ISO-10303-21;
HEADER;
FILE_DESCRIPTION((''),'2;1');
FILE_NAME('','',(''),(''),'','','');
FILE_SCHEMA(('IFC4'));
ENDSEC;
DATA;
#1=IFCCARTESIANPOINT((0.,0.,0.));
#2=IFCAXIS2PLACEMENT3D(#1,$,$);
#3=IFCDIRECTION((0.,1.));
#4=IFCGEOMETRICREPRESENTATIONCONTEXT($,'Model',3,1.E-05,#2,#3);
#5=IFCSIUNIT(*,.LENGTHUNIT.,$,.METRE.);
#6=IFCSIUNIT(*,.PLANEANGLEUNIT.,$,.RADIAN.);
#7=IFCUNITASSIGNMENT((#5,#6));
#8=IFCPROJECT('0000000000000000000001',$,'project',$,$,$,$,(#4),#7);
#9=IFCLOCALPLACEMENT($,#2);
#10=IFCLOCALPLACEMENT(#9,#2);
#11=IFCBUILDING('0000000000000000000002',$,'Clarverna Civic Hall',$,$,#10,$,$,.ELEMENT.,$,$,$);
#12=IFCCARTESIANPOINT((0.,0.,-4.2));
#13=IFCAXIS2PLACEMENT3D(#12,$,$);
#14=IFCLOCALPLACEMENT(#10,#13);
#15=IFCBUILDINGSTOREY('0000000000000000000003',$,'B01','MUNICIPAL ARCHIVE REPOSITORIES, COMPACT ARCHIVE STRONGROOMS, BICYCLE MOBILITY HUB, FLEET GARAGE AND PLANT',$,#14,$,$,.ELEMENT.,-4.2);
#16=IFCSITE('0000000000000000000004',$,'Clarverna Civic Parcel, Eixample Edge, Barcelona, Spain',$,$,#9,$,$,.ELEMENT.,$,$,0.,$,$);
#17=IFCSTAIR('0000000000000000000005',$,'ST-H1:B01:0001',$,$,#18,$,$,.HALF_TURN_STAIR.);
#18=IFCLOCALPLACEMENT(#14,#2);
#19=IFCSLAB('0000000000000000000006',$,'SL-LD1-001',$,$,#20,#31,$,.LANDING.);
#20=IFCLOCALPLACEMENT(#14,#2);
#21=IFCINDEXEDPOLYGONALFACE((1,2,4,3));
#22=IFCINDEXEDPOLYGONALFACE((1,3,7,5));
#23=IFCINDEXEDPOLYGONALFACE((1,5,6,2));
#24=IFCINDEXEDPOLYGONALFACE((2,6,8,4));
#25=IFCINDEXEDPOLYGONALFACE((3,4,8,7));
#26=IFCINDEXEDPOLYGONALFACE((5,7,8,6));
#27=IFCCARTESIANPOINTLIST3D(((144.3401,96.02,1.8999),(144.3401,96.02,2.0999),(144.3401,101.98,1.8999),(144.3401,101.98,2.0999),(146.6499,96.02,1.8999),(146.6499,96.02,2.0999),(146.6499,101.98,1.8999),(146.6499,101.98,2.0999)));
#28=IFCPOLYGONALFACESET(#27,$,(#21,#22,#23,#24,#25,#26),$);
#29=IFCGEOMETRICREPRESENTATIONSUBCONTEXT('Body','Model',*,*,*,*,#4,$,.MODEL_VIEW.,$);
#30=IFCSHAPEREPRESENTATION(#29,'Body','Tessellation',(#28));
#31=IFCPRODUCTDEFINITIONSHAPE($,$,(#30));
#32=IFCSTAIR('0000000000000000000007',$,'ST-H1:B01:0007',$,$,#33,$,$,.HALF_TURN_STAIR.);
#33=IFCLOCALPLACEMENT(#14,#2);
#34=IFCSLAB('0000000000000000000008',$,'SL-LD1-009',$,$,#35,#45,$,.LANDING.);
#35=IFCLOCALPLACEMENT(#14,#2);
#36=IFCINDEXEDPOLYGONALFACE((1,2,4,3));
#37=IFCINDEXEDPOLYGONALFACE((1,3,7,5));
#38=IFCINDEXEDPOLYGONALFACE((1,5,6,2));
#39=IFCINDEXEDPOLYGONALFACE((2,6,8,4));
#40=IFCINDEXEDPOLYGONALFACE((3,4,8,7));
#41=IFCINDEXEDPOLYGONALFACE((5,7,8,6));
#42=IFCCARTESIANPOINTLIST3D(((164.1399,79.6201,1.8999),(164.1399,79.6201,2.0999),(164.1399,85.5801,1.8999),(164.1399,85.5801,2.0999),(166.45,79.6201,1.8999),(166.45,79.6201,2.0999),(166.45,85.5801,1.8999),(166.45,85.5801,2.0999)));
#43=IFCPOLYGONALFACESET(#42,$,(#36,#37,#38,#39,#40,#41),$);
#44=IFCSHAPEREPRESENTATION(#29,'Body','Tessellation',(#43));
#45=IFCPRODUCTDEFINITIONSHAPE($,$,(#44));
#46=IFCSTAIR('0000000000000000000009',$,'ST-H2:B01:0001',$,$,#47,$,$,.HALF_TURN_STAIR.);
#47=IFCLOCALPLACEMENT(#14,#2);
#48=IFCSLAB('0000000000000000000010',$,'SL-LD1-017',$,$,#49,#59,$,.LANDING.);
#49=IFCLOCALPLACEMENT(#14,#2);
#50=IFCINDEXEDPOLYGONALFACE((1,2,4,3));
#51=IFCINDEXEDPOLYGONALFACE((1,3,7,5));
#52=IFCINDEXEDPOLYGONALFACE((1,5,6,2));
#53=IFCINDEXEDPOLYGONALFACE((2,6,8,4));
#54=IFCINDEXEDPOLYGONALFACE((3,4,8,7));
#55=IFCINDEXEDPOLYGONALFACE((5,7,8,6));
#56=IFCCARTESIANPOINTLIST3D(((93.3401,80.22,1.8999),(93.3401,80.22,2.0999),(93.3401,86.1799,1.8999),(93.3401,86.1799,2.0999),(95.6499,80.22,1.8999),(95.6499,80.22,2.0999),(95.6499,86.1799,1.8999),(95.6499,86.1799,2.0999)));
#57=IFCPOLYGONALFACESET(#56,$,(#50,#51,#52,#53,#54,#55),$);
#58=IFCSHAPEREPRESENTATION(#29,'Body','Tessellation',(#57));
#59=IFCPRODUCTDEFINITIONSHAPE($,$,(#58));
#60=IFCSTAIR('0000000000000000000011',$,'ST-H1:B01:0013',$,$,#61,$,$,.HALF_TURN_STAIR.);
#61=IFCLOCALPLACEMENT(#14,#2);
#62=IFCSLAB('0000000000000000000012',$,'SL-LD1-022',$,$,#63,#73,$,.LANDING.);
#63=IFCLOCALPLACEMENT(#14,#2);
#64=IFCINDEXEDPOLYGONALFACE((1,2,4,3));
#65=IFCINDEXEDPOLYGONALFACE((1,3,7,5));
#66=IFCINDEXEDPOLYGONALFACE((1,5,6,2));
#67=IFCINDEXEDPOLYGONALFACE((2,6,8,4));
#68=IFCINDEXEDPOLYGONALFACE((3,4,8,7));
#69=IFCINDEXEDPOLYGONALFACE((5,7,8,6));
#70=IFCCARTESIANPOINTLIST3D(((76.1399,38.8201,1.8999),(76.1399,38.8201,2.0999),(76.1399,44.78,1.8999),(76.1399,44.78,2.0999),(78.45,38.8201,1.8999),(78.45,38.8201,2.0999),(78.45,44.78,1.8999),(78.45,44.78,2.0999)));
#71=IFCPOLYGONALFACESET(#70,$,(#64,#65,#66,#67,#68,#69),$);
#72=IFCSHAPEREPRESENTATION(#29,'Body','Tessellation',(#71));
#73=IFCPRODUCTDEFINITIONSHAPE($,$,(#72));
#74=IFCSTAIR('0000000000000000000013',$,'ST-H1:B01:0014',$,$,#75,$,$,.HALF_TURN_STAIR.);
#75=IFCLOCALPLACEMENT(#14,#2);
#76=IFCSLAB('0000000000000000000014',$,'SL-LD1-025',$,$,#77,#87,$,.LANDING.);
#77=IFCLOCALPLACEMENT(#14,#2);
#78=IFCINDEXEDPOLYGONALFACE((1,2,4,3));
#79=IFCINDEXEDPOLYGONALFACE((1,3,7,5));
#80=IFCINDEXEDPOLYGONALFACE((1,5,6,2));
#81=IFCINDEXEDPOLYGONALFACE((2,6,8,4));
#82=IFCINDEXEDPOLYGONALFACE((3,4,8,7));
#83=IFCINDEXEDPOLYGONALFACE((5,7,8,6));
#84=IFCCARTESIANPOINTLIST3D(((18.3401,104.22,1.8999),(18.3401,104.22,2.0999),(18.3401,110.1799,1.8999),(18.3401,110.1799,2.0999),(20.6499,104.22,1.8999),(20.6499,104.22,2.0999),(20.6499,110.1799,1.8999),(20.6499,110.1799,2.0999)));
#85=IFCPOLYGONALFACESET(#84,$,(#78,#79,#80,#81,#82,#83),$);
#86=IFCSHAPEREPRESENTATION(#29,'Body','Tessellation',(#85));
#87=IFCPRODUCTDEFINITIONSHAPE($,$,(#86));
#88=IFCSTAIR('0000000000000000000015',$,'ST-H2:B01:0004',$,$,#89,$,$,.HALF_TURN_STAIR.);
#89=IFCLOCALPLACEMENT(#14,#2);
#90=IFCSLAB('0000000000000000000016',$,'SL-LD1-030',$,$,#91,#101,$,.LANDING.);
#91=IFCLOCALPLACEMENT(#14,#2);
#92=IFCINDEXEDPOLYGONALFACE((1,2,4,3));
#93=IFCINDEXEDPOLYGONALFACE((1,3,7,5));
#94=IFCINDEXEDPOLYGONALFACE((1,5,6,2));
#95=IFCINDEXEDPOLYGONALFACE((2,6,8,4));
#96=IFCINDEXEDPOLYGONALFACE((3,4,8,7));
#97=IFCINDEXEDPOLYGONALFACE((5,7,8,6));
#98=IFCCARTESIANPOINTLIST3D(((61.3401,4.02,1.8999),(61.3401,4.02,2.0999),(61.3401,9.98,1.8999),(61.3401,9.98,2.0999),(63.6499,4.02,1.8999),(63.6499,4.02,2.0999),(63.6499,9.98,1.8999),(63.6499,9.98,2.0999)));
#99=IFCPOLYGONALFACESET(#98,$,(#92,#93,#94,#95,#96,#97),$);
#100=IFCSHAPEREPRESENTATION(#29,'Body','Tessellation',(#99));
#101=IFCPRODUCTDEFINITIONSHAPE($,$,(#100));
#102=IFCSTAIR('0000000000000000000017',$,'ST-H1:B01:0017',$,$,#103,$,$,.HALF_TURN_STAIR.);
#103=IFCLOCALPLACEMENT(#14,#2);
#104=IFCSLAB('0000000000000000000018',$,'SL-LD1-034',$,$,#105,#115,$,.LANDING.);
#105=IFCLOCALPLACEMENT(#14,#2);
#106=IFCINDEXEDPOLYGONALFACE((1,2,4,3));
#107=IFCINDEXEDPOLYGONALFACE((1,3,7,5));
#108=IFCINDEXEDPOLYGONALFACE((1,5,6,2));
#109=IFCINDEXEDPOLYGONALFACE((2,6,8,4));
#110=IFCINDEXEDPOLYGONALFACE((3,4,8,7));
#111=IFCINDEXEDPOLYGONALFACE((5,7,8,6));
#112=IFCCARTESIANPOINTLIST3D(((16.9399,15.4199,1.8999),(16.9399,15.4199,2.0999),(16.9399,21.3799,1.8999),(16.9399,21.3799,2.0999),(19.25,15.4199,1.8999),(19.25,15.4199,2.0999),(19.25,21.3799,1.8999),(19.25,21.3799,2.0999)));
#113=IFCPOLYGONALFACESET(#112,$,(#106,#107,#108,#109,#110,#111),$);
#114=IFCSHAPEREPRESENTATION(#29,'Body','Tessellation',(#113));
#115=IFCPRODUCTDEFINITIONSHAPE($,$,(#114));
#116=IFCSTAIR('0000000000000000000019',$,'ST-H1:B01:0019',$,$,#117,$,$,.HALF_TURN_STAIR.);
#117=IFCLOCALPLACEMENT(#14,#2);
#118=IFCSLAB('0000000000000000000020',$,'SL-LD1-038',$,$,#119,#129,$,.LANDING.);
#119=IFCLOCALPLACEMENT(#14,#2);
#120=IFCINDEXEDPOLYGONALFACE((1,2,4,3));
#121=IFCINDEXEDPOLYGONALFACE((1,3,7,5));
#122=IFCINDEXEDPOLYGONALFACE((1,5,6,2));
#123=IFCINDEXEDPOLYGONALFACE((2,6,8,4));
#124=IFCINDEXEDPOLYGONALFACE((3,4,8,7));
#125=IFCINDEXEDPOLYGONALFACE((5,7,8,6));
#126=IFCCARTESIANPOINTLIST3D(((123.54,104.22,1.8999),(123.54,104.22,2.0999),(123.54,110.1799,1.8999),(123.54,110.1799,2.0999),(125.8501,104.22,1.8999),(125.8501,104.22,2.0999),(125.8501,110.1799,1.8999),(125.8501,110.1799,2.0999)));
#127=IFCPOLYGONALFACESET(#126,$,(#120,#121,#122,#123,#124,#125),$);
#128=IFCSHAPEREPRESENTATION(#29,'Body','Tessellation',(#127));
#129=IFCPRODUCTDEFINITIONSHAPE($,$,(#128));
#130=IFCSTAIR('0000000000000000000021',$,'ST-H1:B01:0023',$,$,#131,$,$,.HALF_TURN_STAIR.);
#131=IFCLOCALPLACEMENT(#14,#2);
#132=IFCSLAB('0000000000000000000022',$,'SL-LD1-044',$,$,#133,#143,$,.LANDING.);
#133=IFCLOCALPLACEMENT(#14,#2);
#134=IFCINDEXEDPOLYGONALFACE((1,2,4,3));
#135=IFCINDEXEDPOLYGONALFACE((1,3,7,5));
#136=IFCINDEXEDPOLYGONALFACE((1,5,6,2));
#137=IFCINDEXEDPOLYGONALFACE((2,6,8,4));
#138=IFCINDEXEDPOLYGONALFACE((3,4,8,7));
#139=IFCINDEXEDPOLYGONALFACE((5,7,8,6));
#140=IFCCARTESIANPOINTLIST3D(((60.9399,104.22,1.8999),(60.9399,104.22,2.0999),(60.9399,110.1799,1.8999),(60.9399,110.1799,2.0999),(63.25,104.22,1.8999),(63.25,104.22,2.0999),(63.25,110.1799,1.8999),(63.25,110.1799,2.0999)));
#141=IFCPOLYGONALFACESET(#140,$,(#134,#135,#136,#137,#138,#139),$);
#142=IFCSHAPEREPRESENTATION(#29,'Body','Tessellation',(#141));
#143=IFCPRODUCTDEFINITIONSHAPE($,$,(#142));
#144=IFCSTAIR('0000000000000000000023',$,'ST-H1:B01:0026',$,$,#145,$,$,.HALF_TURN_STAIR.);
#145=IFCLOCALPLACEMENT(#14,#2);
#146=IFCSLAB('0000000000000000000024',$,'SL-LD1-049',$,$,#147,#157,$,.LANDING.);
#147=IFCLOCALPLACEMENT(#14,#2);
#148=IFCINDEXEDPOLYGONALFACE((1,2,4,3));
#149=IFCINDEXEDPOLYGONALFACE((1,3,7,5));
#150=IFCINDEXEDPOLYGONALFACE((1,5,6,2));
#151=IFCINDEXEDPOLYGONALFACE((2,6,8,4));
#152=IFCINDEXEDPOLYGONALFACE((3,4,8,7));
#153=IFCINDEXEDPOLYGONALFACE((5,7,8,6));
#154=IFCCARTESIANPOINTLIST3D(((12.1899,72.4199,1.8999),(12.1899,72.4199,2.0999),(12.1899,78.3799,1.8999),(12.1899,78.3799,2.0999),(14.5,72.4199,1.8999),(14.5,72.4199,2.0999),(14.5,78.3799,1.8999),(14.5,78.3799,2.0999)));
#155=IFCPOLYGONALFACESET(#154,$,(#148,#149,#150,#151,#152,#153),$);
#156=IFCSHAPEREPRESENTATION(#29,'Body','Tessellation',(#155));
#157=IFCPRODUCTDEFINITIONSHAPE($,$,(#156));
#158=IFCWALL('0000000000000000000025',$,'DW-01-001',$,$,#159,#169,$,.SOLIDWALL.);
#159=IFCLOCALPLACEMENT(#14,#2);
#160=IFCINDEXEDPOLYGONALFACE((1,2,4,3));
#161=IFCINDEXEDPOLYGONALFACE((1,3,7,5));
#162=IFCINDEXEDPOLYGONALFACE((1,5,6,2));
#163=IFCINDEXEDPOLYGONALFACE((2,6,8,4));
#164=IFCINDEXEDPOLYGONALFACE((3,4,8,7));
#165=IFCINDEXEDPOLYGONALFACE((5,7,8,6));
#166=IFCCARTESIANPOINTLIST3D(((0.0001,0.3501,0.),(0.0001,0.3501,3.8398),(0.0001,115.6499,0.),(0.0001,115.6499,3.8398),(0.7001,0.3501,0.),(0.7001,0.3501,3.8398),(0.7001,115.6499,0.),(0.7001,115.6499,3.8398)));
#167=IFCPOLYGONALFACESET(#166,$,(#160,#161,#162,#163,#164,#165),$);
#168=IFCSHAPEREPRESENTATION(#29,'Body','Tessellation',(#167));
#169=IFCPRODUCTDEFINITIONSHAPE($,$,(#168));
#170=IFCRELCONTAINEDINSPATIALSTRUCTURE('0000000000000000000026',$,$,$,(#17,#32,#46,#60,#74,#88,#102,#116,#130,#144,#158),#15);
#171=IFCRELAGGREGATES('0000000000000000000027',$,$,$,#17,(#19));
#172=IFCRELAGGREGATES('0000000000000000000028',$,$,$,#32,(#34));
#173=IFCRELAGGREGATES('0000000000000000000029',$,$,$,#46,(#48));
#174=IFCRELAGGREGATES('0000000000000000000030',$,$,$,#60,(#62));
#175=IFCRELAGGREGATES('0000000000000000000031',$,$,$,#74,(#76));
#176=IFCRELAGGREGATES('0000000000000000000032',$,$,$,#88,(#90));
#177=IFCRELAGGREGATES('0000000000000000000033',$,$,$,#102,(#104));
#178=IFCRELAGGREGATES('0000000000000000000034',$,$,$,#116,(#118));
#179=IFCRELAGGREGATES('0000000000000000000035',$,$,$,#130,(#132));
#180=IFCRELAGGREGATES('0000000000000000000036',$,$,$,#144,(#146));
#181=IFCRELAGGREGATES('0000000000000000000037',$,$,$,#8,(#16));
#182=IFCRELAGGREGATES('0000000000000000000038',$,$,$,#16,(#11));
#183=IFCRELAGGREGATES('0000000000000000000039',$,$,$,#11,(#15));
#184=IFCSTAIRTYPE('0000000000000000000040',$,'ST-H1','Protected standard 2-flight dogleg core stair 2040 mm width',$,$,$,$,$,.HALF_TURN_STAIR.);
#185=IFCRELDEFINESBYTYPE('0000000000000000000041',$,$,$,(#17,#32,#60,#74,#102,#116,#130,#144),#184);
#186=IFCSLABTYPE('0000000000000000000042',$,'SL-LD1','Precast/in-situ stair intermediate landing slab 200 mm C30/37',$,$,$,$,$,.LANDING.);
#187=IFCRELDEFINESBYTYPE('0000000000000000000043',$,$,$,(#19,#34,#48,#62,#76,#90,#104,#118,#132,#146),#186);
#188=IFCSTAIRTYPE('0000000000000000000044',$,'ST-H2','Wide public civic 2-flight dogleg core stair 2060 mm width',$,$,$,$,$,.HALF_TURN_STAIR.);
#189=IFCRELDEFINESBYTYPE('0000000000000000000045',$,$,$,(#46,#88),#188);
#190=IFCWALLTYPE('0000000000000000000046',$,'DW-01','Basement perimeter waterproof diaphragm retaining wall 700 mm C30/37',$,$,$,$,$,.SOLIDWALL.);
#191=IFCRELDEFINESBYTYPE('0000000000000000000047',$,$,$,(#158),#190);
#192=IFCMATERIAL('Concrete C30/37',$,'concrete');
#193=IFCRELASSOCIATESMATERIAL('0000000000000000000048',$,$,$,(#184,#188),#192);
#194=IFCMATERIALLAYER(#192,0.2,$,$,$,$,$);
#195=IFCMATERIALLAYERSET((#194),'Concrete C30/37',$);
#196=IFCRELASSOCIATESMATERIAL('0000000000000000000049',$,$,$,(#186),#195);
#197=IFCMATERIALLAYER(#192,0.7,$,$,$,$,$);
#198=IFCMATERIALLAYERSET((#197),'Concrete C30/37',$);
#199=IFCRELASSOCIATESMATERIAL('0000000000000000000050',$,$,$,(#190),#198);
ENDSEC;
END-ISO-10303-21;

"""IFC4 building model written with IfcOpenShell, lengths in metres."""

from ifc_helpers import new_model, si_unit, direction, frame, frame_2d, origin, place, context, subcontext, project, spatial, polyline, rectangle, outline, extrude, material, layer, layer_set, type_object, element, aggregate, save


model = new_model("IFC4")

# Units and contexts
model_context = context("Model", 3, precision=1e-05, world=origin(), true_north=direction((0.0, 1.0)))
body_context = subcontext(model_context, "Body", "Model", "MODEL_VIEW")
ifc_project = project(units=[si_unit("LENGTHUNIT", "METRE"), si_unit("PLANEANGLEUNIT", "RADIAN")], contexts=[model_context])

# Site, building, storey
site_placement = place(None, origin())
site = spatial("IfcSite", under=ifc_project, at=site_placement, Name="Clarverna Civic Parcel, Eixample Edge, Barcelona, Spain", CompositionType="ELEMENT", RefElevation=0.0)
building_placement = place(site_placement, origin())
building = spatial("IfcBuilding", under=site, at=building_placement, Name="Clarverna Civic Hall", CompositionType="ELEMENT")
storey_placement = place(building_placement, frame((0.0, 0.0, -4.2)))
storey = spatial("IfcBuildingStorey", under=building, at=storey_placement, Name="B01", Description="MUNICIPAL ARCHIVE REPOSITORIES, COMPACT ARCHIVE STRONGROOMS, BICYCLE MOBILITY HUB, FLEET GARAGE AND PLANT", CompositionType="ELEMENT", Elevation=-4.2)

# Shared definitions
ifc_material_1 = material(Name="Concrete C30/37", Category="concrete")

# Stairs, slabs
stair_type_1 = type_object("IfcStairType", Name="ST-H1", Description="Protected standard 2-flight dogleg core stair 2040 mm width", PredefinedType="HALF_TURN_STAIR", material=ifc_material_1)
stair_1_placement = place(storey_placement, origin())
stair_1 = element("IfcStair", 1, at=stair_1_placement, inside=storey, type_object=stair_type_1, Name="ST-H1:B01:0001", PredefinedType="HALF_TURN_STAIR")
ifc_layer_1 = layer(ifc_material_1, 0.2)
ifc_layer_set_1 = layer_set([ifc_layer_1], Name="Concrete C30/37")
slab_type = type_object("IfcSlabType", Name="SL-LD1", Description="Precast/in-situ stair intermediate landing slab 200 mm C30/37", PredefinedType="LANDING", material=ifc_layer_set_1)
slab_1_placement = place(storey_placement, frame((0.0, 0.0, 1.8999)))
slab_1 = element("IfcSlab", 2, at=slab_1_placement, type_object=slab_type, Name="SL-LD1-001", PredefinedType="LANDING", context=body_context, shape_type="SweptSolid", body=[
    extrude(outline(polyline([(144.3401, 96.02), (146.6499, 96.02), (146.6499, 101.98), (144.3401, 101.98), (144.3401, 96.02)])), origin(), (0.0, 0.0, 1.0), 0.2),
])
aggregate(stair_1, [slab_1])
stair_2_placement = place(storey_placement, origin())
stair_2 = element("IfcStair", 3, at=stair_2_placement, inside=storey, type_object=stair_type_1, Name="ST-H1:B01:0007", PredefinedType="HALF_TURN_STAIR")
slab_2_placement = place(storey_placement, frame((0.0, 0.0, 1.8999)))
slab_2 = element("IfcSlab", 4, at=slab_2_placement, type_object=slab_type, Name="SL-LD1-009", PredefinedType="LANDING", context=body_context, shape_type="SweptSolid", body=[
    extrude(outline(polyline([(164.1399, 79.6201), (166.45, 79.6201), (166.45, 85.5801), (164.1399, 85.5801), (164.1399, 79.6201)])), origin(), (0.0, 0.0, 1.0), 0.2),
])
aggregate(stair_2, [slab_2])
stair_type_2 = type_object("IfcStairType", Name="ST-H2", Description="Wide public civic 2-flight dogleg core stair 2060 mm width", PredefinedType="HALF_TURN_STAIR", material=ifc_material_1)
stair_3_placement = place(storey_placement, origin())
stair_3 = element("IfcStair", 5, at=stair_3_placement, inside=storey, type_object=stair_type_2, Name="ST-H2:B01:0001", PredefinedType="HALF_TURN_STAIR")
slab_3_placement = place(storey_placement, frame((0.0, 0.0, 1.8999)))
slab_3 = element("IfcSlab", 6, at=slab_3_placement, type_object=slab_type, Name="SL-LD1-017", PredefinedType="LANDING", context=body_context, shape_type="SweptSolid", body=[
    extrude(outline(polyline([(93.3401, 80.22), (95.6499, 80.22), (95.6499, 86.1799), (93.3401, 86.1799), (93.3401, 80.22)])), origin(), (0.0, 0.0, 1.0), 0.2),
])
aggregate(stair_3, [slab_3])
stair_4_placement = place(storey_placement, origin())
stair_4 = element("IfcStair", 7, at=stair_4_placement, inside=storey, type_object=stair_type_1, Name="ST-H1:B01:0013", PredefinedType="HALF_TURN_STAIR")
slab_4_placement = place(storey_placement, frame((0.0, 0.0, 1.8999)))
slab_4 = element("IfcSlab", 8, at=slab_4_placement, type_object=slab_type, Name="SL-LD1-022", PredefinedType="LANDING", context=body_context, shape_type="SweptSolid", body=[
    extrude(outline(polyline([(76.1399, 38.8201), (78.45, 38.8201), (78.45, 44.78), (76.1399, 44.78), (76.1399, 38.8201)])), origin(), (0.0, 0.0, 1.0), 0.2),
])
aggregate(stair_4, [slab_4])
stair_5_placement = place(storey_placement, origin())
stair_5 = element("IfcStair", 9, at=stair_5_placement, inside=storey, type_object=stair_type_1, Name="ST-H1:B01:0014", PredefinedType="HALF_TURN_STAIR")
slab_5_placement = place(storey_placement, frame((0.0, 0.0, 1.8999)))
slab_5 = element("IfcSlab", 10, at=slab_5_placement, type_object=slab_type, Name="SL-LD1-025", PredefinedType="LANDING", context=body_context, shape_type="SweptSolid", body=[
    extrude(outline(polyline([(18.3401, 104.22), (20.6499, 104.22), (20.6499, 110.1799), (18.3401, 110.1799), (18.3401, 104.22)])), origin(), (0.0, 0.0, 1.0), 0.2),
])
aggregate(stair_5, [slab_5])
stair_6_placement = place(storey_placement, origin())
stair_6 = element("IfcStair", 11, at=stair_6_placement, inside=storey, type_object=stair_type_2, Name="ST-H2:B01:0004", PredefinedType="HALF_TURN_STAIR")
slab_6_placement = place(storey_placement, frame((0.0, 0.0, 1.8999)))
slab_6 = element("IfcSlab", 12, at=slab_6_placement, type_object=slab_type, Name="SL-LD1-030", PredefinedType="LANDING", context=body_context, shape_type="SweptSolid", body=[
    extrude(outline(polyline([(61.3401, 4.02), (63.6499, 4.02), (63.6499, 9.98), (61.3401, 9.98), (61.3401, 4.02)])), origin(), (0.0, 0.0, 1.0), 0.2),
])
aggregate(stair_6, [slab_6])
stair_7_placement = place(storey_placement, origin())
stair_7 = element("IfcStair", 13, at=stair_7_placement, inside=storey, type_object=stair_type_1, Name="ST-H1:B01:0017", PredefinedType="HALF_TURN_STAIR")
slab_7_placement = place(storey_placement, frame((0.0, 0.0, 1.8999)))
slab_7 = element("IfcSlab", 14, at=slab_7_placement, type_object=slab_type, Name="SL-LD1-034", PredefinedType="LANDING", context=body_context, shape_type="SweptSolid", body=[
    extrude(outline(polyline([(16.9399, 15.4199), (19.25, 15.4199), (19.25, 21.3799), (16.9399, 21.3799), (16.9399, 15.4199)])), origin(), (0.0, 0.0, 1.0), 0.2),
])
aggregate(stair_7, [slab_7])
stair_8_placement = place(storey_placement, origin())
stair_8 = element("IfcStair", 15, at=stair_8_placement, inside=storey, type_object=stair_type_1, Name="ST-H1:B01:0019", PredefinedType="HALF_TURN_STAIR")
slab_8_placement = place(storey_placement, frame((0.0, 0.0, 1.8999)))
slab_8 = element("IfcSlab", 16, at=slab_8_placement, type_object=slab_type, Name="SL-LD1-038", PredefinedType="LANDING", context=body_context, shape_type="SweptSolid", body=[
    extrude(outline(polyline([(123.54, 104.22), (125.8501, 104.22), (125.8501, 110.1799), (123.54, 110.1799), (123.54, 104.22)])), origin(), (0.0, 0.0, 1.0), 0.2),
])
aggregate(stair_8, [slab_8])
stair_9_placement = place(storey_placement, origin())
stair_9 = element("IfcStair", 17, at=stair_9_placement, inside=storey, type_object=stair_type_1, Name="ST-H1:B01:0023", PredefinedType="HALF_TURN_STAIR")
slab_9_placement = place(storey_placement, frame((0.0, 0.0, 1.8999)))
slab_9 = element("IfcSlab", 18, at=slab_9_placement, type_object=slab_type, Name="SL-LD1-044", PredefinedType="LANDING", context=body_context, shape_type="SweptSolid", body=[
    extrude(outline(polyline([(60.9399, 104.22), (63.25, 104.22), (63.25, 110.1799), (60.9399, 110.1799), (60.9399, 104.22)])), origin(), (0.0, 0.0, 1.0), 0.2),
])
aggregate(stair_9, [slab_9])
stair_10_placement = place(storey_placement, origin())
stair_10 = element("IfcStair", 19, at=stair_10_placement, inside=storey, type_object=stair_type_1, Name="ST-H1:B01:0026", PredefinedType="HALF_TURN_STAIR")
slab_10_placement = place(storey_placement, frame((0.0, 0.0, 1.8999)))
slab_10 = element("IfcSlab", 20, at=slab_10_placement, type_object=slab_type, Name="SL-LD1-049", PredefinedType="LANDING", context=body_context, shape_type="SweptSolid", body=[
    extrude(outline(polyline([(12.1899, 72.4199), (14.5, 72.4199), (14.5, 78.3799), (12.1899, 78.3799), (12.1899, 72.4199)])), origin(), (0.0, 0.0, 1.0), 0.2),
])
aggregate(stair_10, [slab_10])

# Wall
ifc_layer_2 = layer(ifc_material_1, 0.7)
ifc_layer_set_2 = layer_set([ifc_layer_2], Name="Concrete C30/37")
wall_type = type_object("IfcWallType", Name="DW-01", Description="Basement perimeter waterproof diaphragm retaining wall 700 mm C30/37", PredefinedType="SOLIDWALL", material=ifc_layer_set_2)
wall_placement = place(storey_placement, frame((0.3501, 0.3501, 0.0), z_axis=(0.0, 0.0, 1.0), x_axis=(0.0, 1.0, 0.0)))
element("IfcWall", 21, at=wall_placement, inside=storey, type_object=wall_type, Name="DW-01-001", PredefinedType="SOLIDWALL", context=body_context, shape_type="SweptSolid", body=[
    extrude(rectangle(XDim=115.2998, YDim=0.7, at=frame_2d((57.6499, 0.0))), origin(), (0.0, 0.0, 1.0), 3.8398),
])

save(model, "model.ifc")
